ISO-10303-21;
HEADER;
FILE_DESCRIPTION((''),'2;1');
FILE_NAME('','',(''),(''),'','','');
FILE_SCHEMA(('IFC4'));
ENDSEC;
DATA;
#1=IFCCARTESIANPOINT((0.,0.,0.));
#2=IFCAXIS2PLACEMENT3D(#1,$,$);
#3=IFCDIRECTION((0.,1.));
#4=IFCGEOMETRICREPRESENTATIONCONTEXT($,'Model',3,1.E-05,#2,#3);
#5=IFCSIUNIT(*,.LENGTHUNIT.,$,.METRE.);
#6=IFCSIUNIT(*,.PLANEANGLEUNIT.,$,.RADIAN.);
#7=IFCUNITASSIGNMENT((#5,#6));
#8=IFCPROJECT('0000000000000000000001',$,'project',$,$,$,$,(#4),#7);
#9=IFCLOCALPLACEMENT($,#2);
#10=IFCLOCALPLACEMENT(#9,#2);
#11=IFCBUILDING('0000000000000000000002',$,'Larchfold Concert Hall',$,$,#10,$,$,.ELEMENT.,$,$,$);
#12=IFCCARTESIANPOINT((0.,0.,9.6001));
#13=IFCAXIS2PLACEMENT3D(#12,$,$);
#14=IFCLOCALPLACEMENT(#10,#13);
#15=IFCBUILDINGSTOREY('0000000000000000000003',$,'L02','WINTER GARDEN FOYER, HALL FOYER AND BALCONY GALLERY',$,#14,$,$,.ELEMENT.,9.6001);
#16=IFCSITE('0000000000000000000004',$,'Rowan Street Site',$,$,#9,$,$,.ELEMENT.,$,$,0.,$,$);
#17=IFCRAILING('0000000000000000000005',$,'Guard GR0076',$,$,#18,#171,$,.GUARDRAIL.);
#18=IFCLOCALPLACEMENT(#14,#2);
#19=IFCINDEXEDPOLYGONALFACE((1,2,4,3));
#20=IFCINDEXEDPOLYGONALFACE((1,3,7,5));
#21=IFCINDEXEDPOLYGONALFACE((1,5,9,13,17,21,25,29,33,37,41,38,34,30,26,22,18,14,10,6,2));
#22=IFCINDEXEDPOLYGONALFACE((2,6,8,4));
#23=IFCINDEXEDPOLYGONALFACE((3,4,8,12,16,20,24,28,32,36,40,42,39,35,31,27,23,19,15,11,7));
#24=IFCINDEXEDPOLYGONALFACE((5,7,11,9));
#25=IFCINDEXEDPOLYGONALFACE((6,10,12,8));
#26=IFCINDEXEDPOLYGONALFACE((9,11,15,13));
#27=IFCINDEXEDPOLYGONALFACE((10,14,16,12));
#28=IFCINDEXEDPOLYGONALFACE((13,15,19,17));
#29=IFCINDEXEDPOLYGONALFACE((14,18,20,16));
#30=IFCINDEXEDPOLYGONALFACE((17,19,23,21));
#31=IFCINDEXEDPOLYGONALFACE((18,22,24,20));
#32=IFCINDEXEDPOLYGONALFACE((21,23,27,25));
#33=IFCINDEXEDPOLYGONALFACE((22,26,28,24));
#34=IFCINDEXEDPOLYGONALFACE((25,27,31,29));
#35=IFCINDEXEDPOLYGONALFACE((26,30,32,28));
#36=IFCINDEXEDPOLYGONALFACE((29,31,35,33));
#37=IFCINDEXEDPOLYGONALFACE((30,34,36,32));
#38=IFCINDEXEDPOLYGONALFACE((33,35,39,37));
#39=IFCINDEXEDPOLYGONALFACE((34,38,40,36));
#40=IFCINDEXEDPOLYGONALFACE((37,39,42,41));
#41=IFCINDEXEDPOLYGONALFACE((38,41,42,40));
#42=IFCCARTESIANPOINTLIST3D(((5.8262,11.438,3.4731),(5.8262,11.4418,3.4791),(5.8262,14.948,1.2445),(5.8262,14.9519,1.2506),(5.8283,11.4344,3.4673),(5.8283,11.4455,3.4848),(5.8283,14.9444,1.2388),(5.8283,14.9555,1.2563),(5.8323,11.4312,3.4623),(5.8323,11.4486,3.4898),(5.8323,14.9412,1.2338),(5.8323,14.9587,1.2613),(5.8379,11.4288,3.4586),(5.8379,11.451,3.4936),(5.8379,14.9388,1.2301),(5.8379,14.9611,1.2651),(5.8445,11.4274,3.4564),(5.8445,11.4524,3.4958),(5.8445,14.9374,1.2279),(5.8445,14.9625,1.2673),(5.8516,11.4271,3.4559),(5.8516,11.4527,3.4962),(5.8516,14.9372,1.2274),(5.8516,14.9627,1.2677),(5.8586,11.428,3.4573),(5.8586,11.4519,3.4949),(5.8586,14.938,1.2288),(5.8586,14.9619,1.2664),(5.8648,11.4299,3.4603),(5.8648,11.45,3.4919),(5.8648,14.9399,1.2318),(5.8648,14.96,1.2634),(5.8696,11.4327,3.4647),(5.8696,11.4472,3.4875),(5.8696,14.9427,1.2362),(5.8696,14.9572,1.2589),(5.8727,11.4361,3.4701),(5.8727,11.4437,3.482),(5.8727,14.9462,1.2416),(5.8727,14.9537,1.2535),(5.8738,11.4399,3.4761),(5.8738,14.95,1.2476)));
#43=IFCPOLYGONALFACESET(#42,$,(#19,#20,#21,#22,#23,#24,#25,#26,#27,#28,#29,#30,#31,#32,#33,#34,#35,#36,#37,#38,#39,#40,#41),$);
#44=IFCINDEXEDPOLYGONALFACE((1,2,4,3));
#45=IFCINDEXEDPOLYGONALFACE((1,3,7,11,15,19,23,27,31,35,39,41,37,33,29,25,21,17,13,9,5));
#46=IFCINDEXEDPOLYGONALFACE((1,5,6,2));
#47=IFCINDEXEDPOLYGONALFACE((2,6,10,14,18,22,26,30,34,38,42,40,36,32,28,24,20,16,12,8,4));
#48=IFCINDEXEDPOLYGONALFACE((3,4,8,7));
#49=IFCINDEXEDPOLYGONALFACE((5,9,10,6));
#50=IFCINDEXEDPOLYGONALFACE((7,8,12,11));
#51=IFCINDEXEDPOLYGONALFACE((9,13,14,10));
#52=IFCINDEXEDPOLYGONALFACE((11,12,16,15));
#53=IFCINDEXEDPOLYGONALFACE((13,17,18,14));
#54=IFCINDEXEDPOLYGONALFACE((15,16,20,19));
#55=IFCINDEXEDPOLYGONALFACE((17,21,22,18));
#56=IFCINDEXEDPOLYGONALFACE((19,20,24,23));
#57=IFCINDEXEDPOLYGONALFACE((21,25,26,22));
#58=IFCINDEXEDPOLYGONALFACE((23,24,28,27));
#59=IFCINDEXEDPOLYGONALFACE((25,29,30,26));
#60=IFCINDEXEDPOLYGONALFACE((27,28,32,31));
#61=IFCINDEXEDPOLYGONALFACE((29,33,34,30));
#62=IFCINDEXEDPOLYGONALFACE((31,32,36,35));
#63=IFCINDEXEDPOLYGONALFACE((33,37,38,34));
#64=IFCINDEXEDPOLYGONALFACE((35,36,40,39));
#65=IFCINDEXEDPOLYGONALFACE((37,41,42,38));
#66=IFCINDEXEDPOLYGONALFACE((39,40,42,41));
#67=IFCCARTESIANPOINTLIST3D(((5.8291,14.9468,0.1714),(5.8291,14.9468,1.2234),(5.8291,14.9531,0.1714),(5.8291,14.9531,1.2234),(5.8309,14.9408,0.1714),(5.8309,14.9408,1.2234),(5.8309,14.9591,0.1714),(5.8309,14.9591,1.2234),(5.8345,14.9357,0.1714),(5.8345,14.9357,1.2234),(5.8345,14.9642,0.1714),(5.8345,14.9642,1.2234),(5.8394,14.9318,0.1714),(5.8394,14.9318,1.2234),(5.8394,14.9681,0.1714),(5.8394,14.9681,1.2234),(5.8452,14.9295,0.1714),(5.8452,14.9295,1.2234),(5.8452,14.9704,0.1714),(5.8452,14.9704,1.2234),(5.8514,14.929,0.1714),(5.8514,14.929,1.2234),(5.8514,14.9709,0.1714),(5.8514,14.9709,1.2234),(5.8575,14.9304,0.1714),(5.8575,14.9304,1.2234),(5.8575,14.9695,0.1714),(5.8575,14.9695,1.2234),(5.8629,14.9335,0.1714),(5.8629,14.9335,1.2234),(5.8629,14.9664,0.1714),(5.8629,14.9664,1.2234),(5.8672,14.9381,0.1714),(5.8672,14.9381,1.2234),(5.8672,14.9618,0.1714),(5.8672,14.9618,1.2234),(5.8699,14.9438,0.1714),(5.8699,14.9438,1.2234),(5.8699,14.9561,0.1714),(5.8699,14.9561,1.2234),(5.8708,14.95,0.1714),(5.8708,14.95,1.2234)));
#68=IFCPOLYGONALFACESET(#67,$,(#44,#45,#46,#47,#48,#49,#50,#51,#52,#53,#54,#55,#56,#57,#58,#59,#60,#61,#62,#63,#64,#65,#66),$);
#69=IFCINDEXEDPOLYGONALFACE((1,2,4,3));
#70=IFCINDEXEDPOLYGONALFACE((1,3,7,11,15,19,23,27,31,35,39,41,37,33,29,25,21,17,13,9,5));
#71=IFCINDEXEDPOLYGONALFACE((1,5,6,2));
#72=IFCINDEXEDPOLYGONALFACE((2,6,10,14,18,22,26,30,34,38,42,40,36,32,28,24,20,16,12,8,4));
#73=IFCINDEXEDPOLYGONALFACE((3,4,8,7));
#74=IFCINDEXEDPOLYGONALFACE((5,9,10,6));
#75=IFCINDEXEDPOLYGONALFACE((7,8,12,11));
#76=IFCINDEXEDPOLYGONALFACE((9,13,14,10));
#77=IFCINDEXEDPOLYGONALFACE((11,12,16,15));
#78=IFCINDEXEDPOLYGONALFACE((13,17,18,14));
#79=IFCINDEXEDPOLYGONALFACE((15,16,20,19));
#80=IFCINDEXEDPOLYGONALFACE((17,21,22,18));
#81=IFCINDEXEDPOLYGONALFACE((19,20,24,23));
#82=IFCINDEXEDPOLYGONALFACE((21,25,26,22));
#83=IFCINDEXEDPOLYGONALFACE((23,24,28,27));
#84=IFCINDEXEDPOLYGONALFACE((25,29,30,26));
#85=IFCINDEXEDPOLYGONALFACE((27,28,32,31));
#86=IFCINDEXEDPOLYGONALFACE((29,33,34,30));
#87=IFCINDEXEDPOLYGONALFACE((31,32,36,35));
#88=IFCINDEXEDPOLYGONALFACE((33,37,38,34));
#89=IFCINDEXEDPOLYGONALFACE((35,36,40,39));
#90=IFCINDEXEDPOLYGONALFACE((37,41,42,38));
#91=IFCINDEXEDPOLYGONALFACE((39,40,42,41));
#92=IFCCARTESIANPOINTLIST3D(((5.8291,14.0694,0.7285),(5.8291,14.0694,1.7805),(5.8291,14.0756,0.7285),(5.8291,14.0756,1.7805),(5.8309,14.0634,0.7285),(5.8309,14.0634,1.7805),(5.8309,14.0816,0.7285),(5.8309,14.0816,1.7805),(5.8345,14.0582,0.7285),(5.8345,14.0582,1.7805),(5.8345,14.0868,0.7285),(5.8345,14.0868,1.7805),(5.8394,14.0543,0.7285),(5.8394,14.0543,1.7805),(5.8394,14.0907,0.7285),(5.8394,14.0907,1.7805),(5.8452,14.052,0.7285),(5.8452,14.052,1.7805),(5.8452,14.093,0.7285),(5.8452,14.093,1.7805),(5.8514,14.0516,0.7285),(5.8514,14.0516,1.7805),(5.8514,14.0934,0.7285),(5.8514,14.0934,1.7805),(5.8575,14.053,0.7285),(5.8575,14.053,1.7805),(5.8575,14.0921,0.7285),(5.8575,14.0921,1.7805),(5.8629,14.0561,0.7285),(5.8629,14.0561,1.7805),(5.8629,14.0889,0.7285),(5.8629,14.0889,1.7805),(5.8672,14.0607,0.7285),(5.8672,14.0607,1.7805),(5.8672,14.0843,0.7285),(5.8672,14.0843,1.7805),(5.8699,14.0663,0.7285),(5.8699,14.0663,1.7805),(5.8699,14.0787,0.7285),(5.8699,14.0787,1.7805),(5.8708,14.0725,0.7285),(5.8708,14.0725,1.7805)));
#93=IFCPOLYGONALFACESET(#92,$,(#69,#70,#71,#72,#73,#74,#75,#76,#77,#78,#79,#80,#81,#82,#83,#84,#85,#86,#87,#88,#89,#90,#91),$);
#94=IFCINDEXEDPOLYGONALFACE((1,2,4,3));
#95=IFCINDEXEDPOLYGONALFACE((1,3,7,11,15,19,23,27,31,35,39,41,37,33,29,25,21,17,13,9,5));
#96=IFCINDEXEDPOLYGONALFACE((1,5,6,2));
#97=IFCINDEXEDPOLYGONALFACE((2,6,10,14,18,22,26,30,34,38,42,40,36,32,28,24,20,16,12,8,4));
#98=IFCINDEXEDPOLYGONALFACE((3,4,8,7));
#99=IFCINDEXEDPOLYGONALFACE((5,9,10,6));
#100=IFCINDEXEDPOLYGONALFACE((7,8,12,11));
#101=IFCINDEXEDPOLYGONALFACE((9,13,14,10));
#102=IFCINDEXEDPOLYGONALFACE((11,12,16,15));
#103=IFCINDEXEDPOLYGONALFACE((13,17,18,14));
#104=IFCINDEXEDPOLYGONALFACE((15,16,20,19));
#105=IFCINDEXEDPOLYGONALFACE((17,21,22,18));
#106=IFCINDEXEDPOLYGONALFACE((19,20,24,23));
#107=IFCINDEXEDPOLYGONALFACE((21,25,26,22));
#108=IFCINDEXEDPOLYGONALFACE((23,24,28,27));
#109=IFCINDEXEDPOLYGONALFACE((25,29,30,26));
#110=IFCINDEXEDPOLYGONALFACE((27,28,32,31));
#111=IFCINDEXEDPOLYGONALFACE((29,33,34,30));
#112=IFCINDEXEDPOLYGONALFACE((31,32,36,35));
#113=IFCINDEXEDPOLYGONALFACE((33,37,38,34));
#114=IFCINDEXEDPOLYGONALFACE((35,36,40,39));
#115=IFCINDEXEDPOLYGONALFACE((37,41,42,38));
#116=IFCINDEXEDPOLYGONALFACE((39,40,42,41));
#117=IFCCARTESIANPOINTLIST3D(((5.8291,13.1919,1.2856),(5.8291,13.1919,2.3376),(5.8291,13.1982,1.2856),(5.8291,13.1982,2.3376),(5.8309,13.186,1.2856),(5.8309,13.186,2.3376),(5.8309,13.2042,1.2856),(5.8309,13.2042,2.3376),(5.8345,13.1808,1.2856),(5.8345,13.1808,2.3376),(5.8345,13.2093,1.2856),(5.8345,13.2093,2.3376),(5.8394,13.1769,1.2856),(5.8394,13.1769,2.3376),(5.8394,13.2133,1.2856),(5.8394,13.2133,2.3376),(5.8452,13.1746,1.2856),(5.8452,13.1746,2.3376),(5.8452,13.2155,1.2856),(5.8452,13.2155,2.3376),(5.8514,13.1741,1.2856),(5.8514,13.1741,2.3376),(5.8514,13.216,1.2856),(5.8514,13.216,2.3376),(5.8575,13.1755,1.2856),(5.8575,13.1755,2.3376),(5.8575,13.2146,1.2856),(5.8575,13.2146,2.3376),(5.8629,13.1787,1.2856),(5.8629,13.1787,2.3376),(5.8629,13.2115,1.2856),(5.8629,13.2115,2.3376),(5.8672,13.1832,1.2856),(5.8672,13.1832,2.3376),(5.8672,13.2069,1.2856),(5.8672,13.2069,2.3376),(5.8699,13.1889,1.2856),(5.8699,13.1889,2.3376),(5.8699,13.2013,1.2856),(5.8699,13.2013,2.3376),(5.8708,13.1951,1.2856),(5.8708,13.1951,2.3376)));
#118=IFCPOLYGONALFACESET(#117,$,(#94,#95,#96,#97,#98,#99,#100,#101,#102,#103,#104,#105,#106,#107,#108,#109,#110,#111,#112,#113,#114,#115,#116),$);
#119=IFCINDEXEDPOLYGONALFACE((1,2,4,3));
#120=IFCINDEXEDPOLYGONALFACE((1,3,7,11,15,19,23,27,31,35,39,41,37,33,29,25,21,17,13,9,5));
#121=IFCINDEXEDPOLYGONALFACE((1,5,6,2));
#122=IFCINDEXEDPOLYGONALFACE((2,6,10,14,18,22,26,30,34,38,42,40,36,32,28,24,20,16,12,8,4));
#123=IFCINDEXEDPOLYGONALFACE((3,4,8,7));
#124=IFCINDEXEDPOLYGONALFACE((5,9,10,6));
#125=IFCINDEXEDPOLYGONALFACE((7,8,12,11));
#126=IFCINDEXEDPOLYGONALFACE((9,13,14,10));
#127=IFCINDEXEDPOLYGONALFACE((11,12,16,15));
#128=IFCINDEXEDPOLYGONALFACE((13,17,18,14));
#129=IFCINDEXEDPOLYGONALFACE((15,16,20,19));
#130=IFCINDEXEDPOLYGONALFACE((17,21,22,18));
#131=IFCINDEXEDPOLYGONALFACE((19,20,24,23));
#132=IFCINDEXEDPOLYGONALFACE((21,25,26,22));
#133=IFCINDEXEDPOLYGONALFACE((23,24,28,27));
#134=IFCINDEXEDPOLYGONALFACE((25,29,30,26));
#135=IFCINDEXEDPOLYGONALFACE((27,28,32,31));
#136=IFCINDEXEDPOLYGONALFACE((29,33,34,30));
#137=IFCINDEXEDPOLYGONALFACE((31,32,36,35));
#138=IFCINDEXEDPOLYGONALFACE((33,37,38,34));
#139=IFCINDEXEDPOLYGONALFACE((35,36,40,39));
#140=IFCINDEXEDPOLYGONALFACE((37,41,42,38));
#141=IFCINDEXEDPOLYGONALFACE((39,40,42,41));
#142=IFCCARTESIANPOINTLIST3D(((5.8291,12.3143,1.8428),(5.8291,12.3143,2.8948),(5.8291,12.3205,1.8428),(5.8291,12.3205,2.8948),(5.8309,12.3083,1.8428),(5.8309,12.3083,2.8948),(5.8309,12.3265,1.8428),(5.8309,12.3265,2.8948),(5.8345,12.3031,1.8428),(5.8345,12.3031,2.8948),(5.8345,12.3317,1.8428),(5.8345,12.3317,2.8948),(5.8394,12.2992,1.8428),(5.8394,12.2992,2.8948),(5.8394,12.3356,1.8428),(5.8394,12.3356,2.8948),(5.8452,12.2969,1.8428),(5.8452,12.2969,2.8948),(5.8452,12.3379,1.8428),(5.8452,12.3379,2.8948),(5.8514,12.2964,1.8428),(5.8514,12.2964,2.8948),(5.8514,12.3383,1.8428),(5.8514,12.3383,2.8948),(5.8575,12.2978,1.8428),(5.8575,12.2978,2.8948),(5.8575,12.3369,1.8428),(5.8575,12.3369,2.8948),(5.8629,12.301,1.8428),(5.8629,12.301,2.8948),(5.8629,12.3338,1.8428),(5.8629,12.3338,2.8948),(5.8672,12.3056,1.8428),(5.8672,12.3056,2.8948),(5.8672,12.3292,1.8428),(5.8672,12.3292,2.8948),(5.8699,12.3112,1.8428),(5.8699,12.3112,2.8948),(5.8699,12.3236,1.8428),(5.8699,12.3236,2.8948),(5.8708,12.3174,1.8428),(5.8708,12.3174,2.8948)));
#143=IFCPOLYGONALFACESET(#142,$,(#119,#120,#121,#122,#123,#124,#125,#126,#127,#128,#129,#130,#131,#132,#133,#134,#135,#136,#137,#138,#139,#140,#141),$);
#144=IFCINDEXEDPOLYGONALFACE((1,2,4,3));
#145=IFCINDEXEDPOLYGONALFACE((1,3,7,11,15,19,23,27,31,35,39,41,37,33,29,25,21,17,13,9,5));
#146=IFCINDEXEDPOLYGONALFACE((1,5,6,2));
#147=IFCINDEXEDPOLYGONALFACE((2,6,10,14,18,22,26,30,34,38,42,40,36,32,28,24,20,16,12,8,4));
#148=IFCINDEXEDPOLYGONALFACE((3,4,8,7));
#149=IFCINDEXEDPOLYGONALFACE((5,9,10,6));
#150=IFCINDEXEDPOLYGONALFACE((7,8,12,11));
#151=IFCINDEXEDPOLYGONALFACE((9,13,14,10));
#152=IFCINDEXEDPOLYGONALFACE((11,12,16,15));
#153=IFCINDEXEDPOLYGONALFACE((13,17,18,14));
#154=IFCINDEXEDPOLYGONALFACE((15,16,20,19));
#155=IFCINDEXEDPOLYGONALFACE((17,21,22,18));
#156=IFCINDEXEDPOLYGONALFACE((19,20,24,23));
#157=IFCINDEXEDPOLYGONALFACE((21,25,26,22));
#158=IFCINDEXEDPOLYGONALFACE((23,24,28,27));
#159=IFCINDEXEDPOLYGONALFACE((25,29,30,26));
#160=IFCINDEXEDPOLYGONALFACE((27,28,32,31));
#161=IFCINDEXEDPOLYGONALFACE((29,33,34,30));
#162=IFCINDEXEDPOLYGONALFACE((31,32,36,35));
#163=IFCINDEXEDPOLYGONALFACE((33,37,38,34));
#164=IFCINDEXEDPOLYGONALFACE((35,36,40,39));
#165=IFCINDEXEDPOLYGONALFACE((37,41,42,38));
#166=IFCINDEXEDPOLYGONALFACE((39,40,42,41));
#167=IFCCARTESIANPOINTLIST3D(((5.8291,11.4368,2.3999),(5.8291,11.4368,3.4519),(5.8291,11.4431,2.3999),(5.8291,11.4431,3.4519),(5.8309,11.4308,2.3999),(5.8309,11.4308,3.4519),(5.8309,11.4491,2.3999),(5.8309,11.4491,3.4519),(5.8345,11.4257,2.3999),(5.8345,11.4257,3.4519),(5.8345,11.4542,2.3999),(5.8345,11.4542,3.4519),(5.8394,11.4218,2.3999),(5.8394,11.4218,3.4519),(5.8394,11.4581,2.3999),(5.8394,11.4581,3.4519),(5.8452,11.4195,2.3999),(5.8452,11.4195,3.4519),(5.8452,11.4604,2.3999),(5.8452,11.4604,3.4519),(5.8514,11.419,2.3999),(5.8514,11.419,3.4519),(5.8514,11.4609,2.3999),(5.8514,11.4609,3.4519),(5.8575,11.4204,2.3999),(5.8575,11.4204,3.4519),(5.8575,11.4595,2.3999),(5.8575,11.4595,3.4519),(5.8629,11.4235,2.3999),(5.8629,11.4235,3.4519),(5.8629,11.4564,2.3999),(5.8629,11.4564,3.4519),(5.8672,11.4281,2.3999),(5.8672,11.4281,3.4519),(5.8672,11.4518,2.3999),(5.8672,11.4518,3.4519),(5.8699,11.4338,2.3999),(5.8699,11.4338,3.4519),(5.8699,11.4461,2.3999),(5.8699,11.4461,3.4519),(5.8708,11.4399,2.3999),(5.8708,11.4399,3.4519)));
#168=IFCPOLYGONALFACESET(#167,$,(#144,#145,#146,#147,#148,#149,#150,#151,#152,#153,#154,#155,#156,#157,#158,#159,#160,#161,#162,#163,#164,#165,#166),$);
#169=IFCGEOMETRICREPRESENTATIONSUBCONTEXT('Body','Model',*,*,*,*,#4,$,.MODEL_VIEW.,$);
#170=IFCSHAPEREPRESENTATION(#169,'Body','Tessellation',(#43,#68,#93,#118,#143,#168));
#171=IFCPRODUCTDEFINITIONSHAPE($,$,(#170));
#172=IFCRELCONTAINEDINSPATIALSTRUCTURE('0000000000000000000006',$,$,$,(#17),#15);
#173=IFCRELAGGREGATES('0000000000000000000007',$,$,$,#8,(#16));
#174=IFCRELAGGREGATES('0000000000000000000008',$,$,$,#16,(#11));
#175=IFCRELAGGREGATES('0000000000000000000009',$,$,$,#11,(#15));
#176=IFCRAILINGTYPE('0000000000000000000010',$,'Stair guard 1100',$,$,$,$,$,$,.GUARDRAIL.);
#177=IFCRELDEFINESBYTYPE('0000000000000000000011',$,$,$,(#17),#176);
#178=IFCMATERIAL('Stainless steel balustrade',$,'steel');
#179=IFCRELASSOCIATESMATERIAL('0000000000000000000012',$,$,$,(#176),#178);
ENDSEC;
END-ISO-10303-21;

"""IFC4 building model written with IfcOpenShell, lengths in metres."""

from ifc_helpers import new_model, si_unit, direction, frame, origin, origin_2d, place, context, subcontext, project, spatial, circle, extrude, material, type_object, element, save


model = new_model("IFC4")

# Units and contexts
model_context = context("Model", 3, precision=1e-05, world=origin(), true_north=direction((0.0, 1.0)))
body_context = subcontext(model_context, "Body", "Model", "MODEL_VIEW")
ifc_project = project(units=[si_unit("LENGTHUNIT", "METRE"), si_unit("PLANEANGLEUNIT", "RADIAN")], contexts=[model_context])

# Site, building, storey
site_placement = place(None, origin())
site = spatial("IfcSite", under=ifc_project, at=site_placement, Name="Rowan Street Site", CompositionType="ELEMENT", RefElevation=0.0)
building_placement = place(site_placement, origin())
building = spatial("IfcBuilding", under=site, at=building_placement, Name="Larchfold Concert Hall", CompositionType="ELEMENT")
storey_placement = place(building_placement, frame((0.0, 0.0, 9.6001)))
storey = spatial("IfcBuildingStorey", under=building, at=storey_placement, Name="L02", Description="WINTER GARDEN FOYER, HALL FOYER AND BALCONY GALLERY", CompositionType="ELEMENT", Elevation=9.6001)

# Railing
ifc_material_1 = material(Name="Stainless steel balustrade", Category="steel")
railing_type_1 = type_object("IfcRailingType", Name="Stair guard 1100", PredefinedType="GUARDRAIL", material=ifc_material_1)
railing_1_placement = place(storey_placement, frame((5.8499, 14.95, 0.1714)))
element("IfcRailing", 1, at=railing_1_placement, inside=storey, type_object=railing_type_1, Name="Guard GR0076", PredefinedType="GUARDRAIL", context=body_context, shape_type="SweptSolid", body=[
    extrude(circle(Radius=0.0239, at=origin_2d()), frame((0.0, 0.0, 1.0762), z_axis=(0.0, -0.84422, 0.535998), x_axis=(1.0, 0.0, 0.0)), (0.0, 0.0, 1.0), 4.1577),
    extrude(circle(Radius=0.021, at=origin_2d()), origin(), (0.0, 0.0, 1.0), 1.052),
    extrude(circle(Radius=0.021, at=origin_2d()), frame((0.0, -0.8774, 0.5571)), (0.0, 0.0, 1.0), 1.052),
    extrude(circle(Radius=0.021, at=origin_2d()), frame((0.0, -1.7549, 1.1143)), (0.0, 0.0, 1.0), 1.052),
    extrude(circle(Radius=0.021, at=origin_2d()), frame((0.0, -2.6326, 1.6714)), (0.0, 0.0, 1.0), 1.052),
    extrude(circle(Radius=0.021, at=origin_2d()), frame((0.0, -3.51, 2.2285)), (0.0, 0.0, 1.0), 1.052),
])

save(model, "model.ifc")
